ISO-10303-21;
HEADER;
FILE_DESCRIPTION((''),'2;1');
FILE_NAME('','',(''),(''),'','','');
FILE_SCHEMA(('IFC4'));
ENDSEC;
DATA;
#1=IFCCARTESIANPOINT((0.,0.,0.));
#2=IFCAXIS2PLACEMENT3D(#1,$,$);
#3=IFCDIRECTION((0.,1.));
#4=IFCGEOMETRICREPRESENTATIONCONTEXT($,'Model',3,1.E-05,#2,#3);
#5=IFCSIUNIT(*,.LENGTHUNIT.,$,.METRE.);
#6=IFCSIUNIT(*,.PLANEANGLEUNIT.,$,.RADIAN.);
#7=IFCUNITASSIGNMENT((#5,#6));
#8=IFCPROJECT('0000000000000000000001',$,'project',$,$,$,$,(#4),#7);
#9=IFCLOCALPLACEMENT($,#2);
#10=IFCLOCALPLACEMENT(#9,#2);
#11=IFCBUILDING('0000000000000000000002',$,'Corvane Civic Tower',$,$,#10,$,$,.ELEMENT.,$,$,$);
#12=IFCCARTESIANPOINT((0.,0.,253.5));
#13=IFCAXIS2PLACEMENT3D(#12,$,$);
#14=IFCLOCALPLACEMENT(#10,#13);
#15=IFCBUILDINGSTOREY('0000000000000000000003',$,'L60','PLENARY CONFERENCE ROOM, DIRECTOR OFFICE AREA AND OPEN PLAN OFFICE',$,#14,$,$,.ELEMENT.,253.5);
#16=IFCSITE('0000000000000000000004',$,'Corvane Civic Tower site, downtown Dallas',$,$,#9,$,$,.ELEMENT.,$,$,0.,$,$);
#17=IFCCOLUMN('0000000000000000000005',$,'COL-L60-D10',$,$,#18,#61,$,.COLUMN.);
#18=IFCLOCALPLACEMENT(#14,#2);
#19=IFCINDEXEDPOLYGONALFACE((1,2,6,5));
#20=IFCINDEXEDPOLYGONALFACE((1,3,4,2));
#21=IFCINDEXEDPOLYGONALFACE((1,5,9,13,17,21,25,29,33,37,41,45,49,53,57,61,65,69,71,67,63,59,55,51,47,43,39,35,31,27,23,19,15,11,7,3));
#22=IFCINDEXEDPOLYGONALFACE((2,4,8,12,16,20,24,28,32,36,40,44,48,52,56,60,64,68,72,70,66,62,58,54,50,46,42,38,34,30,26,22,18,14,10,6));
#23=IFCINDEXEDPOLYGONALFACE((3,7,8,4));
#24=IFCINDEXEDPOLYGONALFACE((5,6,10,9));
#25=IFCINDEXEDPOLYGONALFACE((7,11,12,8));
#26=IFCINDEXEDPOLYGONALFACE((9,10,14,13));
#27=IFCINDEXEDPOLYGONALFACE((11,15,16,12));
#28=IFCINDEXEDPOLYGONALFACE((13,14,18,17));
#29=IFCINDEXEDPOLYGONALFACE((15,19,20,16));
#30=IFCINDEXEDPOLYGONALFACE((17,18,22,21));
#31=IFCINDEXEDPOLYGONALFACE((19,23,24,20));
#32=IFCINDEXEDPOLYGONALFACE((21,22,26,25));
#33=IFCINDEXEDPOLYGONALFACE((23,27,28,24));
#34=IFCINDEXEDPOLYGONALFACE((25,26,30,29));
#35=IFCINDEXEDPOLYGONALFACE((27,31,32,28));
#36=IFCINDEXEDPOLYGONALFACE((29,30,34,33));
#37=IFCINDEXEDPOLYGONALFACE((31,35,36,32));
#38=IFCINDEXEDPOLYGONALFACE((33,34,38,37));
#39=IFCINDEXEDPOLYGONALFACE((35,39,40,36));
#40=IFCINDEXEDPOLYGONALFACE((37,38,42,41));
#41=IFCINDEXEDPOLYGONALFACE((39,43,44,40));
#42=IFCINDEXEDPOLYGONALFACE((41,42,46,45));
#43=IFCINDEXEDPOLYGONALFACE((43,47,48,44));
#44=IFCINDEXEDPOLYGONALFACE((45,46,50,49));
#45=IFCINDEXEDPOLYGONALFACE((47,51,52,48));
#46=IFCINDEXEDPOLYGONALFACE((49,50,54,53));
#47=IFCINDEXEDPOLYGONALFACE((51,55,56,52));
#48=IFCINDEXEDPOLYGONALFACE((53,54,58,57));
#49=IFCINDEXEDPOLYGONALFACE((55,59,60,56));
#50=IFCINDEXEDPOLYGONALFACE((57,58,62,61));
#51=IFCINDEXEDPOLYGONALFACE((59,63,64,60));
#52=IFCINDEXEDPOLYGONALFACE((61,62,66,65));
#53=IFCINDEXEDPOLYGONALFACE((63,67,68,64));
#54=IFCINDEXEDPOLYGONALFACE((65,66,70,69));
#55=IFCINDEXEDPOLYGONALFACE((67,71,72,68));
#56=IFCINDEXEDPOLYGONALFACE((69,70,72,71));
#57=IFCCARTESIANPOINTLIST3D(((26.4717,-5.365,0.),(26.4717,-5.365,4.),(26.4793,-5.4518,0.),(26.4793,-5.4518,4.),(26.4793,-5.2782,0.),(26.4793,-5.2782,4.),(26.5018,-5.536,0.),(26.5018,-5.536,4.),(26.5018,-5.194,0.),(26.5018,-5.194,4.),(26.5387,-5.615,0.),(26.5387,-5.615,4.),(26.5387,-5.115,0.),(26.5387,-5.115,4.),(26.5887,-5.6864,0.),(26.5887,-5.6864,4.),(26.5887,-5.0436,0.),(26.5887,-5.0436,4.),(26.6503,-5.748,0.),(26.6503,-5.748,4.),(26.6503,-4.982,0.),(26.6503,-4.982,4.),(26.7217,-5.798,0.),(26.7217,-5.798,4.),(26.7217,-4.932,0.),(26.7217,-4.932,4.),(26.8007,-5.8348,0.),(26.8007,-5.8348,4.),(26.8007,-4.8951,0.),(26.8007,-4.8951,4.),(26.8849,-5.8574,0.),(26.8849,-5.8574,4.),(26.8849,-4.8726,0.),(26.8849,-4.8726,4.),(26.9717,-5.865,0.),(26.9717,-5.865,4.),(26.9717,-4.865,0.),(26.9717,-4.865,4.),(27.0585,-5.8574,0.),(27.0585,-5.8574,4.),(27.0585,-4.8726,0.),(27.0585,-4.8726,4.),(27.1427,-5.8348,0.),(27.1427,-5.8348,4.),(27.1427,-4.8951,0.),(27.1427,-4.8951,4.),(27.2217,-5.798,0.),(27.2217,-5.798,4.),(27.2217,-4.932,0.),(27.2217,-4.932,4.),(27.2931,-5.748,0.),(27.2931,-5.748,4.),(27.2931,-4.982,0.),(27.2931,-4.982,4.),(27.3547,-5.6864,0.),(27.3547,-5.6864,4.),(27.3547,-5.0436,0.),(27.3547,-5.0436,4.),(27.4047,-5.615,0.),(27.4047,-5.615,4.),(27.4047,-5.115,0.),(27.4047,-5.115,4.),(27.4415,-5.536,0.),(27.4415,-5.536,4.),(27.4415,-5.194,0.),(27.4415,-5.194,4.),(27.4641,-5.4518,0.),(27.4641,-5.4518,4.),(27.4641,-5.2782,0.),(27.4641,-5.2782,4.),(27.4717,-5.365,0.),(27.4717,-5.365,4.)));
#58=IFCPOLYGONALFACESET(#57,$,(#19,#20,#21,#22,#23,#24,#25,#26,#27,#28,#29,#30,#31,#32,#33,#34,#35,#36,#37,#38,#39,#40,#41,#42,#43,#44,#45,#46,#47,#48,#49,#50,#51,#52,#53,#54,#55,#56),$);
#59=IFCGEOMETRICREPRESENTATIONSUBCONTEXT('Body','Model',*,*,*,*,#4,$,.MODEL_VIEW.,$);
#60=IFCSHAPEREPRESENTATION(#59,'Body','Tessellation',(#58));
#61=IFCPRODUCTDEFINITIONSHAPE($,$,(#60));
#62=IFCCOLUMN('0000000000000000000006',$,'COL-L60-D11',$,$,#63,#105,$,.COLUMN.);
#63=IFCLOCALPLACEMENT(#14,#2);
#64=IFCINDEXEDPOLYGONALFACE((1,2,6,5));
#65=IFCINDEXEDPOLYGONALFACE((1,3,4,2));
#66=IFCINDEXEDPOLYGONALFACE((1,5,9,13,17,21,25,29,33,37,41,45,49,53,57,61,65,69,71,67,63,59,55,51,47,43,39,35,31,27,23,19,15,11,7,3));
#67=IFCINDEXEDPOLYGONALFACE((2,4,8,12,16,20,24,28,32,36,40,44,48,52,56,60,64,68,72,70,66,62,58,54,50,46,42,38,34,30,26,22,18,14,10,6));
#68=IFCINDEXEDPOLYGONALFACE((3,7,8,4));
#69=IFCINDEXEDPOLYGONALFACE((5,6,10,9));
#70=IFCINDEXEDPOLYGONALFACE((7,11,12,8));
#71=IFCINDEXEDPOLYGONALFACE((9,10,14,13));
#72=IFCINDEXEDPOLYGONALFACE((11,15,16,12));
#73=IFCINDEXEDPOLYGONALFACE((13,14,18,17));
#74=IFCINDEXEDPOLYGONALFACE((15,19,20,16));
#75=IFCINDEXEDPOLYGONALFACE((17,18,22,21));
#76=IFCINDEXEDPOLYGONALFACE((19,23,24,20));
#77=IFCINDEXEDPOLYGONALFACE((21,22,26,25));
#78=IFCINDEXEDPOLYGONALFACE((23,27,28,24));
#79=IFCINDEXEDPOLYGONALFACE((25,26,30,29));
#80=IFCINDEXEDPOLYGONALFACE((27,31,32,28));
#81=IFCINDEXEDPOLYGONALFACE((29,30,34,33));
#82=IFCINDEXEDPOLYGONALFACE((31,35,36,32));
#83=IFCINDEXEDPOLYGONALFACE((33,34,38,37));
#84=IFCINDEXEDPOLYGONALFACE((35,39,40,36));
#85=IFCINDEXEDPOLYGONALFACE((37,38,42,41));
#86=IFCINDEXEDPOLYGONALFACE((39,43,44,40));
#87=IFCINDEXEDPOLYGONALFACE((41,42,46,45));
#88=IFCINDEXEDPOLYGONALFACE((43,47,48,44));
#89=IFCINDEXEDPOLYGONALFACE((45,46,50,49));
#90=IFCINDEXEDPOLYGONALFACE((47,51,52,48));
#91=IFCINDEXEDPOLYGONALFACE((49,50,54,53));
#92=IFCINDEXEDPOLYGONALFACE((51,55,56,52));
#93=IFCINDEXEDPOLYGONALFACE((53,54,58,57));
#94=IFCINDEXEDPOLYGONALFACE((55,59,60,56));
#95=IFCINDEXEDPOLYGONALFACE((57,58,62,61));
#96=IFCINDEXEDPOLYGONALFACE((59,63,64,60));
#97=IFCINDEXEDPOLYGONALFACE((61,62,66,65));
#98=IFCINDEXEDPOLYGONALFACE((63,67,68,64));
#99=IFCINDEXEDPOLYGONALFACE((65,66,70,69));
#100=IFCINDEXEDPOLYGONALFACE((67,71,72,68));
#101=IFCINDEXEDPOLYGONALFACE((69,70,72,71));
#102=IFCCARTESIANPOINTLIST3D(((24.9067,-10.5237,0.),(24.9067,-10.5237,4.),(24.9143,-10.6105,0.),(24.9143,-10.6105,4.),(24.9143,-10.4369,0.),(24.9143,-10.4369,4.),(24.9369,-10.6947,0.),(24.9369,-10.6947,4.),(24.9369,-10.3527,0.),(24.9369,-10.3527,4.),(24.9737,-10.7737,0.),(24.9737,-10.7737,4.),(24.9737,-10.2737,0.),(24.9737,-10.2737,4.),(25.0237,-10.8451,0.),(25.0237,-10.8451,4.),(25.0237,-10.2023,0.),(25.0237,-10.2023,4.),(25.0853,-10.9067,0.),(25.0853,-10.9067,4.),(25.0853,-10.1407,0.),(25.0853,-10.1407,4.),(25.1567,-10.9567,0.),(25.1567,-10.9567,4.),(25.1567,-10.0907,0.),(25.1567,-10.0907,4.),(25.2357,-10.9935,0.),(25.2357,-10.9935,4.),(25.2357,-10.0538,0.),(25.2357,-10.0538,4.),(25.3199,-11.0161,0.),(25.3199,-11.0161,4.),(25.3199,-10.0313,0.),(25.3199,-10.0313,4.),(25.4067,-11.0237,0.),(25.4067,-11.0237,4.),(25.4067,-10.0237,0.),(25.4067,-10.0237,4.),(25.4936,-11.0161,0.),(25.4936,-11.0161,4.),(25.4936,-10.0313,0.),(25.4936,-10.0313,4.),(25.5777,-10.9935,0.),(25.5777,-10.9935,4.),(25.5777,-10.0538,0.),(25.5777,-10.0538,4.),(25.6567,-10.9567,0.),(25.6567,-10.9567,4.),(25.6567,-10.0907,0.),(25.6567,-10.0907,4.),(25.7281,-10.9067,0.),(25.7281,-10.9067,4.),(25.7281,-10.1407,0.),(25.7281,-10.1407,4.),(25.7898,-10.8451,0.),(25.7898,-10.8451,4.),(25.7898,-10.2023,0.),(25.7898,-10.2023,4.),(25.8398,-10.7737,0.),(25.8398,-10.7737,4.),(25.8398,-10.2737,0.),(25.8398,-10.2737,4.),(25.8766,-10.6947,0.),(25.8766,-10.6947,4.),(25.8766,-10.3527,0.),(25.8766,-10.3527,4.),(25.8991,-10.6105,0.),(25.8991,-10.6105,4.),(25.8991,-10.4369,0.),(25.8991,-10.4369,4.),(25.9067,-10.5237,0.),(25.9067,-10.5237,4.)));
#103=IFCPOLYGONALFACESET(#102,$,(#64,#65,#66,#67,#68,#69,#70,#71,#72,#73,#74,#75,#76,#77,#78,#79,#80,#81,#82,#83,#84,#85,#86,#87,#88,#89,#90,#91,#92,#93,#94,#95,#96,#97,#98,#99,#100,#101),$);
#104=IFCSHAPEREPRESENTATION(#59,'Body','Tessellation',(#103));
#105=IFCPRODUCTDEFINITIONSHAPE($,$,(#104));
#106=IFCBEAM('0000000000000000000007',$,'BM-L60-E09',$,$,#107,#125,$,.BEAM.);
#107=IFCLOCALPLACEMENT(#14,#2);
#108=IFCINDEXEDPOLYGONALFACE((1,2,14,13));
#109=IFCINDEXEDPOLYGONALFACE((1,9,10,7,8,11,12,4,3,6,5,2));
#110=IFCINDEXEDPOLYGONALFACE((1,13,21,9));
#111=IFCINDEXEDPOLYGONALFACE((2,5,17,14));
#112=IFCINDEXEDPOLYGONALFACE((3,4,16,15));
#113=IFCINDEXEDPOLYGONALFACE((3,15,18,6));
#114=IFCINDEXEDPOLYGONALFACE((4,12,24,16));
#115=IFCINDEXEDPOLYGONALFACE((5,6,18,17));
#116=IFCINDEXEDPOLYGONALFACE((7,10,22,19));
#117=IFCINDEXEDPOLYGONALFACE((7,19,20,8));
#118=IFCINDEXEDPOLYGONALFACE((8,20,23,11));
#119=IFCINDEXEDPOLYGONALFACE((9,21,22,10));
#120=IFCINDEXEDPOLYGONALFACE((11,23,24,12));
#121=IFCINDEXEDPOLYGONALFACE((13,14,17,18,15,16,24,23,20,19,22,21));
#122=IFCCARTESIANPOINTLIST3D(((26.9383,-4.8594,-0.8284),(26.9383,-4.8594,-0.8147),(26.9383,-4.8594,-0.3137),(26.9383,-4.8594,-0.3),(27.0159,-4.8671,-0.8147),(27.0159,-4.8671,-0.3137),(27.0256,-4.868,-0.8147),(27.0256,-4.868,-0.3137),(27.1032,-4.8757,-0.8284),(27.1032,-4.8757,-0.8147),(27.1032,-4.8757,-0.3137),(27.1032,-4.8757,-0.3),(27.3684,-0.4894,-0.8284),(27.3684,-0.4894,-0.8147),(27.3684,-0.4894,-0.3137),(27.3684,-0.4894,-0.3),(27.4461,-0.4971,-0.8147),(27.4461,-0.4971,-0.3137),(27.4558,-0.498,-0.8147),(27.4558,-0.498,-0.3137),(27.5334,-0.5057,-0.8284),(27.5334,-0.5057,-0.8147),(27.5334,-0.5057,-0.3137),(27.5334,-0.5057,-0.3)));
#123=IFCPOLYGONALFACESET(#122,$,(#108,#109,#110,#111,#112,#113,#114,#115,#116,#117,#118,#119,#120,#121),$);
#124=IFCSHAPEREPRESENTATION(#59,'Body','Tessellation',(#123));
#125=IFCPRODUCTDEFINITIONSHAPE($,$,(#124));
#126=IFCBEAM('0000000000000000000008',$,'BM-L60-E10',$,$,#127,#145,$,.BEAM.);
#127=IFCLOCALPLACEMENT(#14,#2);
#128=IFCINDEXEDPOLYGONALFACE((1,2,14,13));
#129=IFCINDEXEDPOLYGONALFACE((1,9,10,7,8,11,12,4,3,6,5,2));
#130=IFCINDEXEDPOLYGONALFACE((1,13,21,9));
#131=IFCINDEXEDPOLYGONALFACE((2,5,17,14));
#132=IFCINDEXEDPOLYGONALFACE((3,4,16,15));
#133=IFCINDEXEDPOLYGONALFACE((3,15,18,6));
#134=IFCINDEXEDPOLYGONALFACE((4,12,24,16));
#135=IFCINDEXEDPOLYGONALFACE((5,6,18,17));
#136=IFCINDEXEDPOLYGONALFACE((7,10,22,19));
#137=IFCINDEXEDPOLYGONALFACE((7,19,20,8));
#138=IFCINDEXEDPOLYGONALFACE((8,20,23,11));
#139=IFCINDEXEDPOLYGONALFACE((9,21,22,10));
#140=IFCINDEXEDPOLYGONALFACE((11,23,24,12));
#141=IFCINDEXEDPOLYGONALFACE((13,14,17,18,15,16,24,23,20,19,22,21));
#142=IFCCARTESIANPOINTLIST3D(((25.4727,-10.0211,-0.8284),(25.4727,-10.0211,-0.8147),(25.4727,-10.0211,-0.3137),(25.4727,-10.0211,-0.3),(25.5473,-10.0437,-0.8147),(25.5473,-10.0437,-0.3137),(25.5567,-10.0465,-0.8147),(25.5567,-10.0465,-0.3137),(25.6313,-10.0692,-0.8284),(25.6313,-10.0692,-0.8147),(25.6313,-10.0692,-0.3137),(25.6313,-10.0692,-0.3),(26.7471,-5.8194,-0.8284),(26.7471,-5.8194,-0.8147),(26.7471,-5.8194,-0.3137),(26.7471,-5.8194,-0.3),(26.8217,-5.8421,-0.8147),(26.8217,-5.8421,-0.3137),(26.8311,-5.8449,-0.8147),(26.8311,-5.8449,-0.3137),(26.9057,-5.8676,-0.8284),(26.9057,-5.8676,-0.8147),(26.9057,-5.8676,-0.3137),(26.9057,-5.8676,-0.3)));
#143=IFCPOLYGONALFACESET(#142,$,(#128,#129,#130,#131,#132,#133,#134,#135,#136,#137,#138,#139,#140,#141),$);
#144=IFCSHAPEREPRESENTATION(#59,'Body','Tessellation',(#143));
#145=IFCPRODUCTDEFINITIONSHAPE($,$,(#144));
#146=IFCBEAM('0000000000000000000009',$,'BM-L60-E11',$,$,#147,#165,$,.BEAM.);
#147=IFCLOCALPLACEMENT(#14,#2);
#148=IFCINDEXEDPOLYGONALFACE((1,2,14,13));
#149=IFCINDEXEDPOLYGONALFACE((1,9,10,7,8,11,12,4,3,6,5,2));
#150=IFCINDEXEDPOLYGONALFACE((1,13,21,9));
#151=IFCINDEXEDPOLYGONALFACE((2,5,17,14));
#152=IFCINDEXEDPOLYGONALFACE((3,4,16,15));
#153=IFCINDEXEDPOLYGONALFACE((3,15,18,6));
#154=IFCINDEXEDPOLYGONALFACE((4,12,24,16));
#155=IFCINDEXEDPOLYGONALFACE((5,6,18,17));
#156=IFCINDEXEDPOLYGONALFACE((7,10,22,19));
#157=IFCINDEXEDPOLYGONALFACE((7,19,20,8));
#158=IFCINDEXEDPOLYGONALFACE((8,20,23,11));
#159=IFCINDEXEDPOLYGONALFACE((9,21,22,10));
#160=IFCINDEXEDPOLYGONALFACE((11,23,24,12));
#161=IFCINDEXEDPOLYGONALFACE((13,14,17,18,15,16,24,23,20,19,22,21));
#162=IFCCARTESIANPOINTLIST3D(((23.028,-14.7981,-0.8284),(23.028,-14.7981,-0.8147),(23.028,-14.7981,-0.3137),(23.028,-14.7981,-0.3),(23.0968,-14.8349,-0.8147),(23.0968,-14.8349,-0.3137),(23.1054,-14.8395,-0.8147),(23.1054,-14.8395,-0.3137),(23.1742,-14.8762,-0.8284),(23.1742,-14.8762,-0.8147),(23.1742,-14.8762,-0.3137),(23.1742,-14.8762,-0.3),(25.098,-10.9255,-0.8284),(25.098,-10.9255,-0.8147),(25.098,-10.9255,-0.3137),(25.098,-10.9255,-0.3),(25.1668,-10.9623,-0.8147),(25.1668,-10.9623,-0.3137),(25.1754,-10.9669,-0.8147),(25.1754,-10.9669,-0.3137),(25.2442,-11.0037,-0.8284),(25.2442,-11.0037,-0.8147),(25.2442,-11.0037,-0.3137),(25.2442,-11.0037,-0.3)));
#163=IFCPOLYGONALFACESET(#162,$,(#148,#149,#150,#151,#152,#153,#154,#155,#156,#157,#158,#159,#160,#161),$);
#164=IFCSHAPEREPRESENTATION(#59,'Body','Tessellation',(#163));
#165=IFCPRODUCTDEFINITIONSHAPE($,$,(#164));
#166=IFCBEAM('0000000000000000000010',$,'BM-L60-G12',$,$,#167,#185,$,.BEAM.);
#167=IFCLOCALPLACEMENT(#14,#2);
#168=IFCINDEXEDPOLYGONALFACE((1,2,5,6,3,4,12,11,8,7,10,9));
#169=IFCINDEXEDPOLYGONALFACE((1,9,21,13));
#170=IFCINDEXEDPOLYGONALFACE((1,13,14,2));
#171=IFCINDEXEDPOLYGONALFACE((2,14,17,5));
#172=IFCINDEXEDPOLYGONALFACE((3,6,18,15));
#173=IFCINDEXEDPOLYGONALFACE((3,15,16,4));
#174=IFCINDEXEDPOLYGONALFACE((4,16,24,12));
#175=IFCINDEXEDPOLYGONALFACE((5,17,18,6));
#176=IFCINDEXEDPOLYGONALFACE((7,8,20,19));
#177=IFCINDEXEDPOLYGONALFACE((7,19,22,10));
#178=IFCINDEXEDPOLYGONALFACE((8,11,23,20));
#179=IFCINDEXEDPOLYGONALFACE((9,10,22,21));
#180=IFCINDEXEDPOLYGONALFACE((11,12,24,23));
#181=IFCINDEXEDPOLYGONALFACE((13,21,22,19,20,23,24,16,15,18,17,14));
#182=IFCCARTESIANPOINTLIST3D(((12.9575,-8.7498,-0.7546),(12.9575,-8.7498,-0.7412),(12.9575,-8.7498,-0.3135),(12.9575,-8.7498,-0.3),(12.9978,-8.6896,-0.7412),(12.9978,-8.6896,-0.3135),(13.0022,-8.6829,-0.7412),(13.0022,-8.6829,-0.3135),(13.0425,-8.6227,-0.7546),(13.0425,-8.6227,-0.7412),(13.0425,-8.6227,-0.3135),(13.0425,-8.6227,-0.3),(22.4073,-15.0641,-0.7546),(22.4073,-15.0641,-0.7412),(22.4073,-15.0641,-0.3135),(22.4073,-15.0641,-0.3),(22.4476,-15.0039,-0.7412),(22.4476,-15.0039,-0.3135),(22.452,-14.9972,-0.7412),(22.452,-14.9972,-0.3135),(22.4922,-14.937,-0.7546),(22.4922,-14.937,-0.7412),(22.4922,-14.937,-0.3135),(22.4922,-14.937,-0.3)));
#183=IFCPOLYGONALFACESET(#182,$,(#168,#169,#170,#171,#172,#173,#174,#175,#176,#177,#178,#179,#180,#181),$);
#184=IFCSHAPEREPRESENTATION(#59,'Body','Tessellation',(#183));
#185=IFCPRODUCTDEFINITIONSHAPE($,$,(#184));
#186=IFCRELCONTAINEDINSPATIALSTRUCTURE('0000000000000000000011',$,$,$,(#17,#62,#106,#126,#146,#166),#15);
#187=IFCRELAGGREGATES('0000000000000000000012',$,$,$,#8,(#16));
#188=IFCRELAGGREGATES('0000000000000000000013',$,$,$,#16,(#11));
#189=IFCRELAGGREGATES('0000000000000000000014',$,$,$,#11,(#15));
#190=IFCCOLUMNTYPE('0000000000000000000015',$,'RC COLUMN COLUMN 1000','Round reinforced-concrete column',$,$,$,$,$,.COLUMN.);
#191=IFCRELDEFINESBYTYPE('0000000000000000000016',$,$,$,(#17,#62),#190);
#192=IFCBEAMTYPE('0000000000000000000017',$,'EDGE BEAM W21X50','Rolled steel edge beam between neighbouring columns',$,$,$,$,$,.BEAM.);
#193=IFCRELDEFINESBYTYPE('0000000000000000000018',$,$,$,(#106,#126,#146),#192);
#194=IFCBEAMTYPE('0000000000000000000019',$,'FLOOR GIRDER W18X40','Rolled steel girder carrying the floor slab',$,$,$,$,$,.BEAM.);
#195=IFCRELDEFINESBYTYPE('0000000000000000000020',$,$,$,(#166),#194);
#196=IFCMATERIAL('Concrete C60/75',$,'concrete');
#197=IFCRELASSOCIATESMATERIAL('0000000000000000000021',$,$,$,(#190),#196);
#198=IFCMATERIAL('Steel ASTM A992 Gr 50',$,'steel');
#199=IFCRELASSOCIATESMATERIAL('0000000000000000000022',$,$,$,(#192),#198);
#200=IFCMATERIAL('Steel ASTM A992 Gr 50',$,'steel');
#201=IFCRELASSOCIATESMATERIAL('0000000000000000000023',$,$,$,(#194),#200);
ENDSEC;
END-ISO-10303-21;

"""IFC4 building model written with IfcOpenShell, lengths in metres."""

from ifc_helpers import new_model, si_unit, direction, frame, origin, origin_2d, place, context, subcontext, project, spatial, circle, i_section, extrude, material, material_profile, profile_set, type_object, element, save


model = new_model("IFC4")

# Units and contexts
model_context = context("Model", 3, precision=1e-05, world=origin(), true_north=direction((0.0, 1.0)))
body_context = subcontext(model_context, "Body", "Model", "MODEL_VIEW")
ifc_project = project(units=[si_unit("LENGTHUNIT", "METRE"), si_unit("PLANEANGLEUNIT", "RADIAN")], contexts=[model_context])

# Site, building, storey
site_placement = place(None, origin())
site = spatial("IfcSite", under=ifc_project, at=site_placement, Name="Corvane Civic Tower site, downtown Dallas", CompositionType="ELEMENT", RefElevation=0.0)
building_placement = place(site_placement, origin())
building = spatial("IfcBuilding", under=site, at=building_placement, Name="Corvane Civic Tower", CompositionType="ELEMENT")
storey_placement = place(building_placement, frame((0.0, 0.0, 253.5)))
storey = spatial("IfcBuildingStorey", under=building, at=storey_placement, Name="L60", Description="PLENARY CONFERENCE ROOM, DIRECTOR OFFICE AREA AND OPEN PLAN OFFICE", CompositionType="ELEMENT", Elevation=253.5)

# Columns
ifc_material_1 = material(Name="Concrete C60/75", Category="concrete")
ifc_material_profile_1 = material_profile(ifc_material_1, circle(Radius=0.5, at=origin_2d()), Name="COLUMN 1000")
ifc_profile_set_1 = profile_set([ifc_material_profile_1], Name="Concrete C60/75")
column_type = type_object("IfcColumnType", Name="RC COLUMN COLUMN 1000", Description="Round reinforced-concrete column", PredefinedType="COLUMN", material=ifc_profile_set_1)
for number, where, z_axis, x_axis, name in (
    (1, (26.9717, -5.365, 0.0), (0.0, 0.0, 1.0), (1.0, 0.0, 0.0), "COL-L60-D10"),
    (2, (25.4067, -10.5237, 0.0), (0.0, 0.0, 1.0), (1.0, 0.0, 0.0), "COL-L60-D11"),
):
    element("IfcColumn", number, at=place(storey_placement, frame(where, z_axis=z_axis, x_axis=x_axis)), inside=storey, type_object=column_type, Name=name, PredefinedType="COLUMN", context=body_context, shape_type="SweptSolid", body=[
        extrude(circle(Radius=0.5, at=origin_2d()), origin(), (0.0, 0.0, 1.0), 4.0),
    ])

# Beams
ifc_material_2 = material(Name="Steel ASTM A992 Gr 50", Category="steel")
ifc_material_profile_2 = material_profile(ifc_material_2, i_section(OverallWidth=0.1658, OverallDepth=0.5283, WebThickness=0.0098, FlangeThickness=0.0137, at=origin_2d()), Name="W21X50")
ifc_profile_set_2 = profile_set([ifc_material_profile_2], Name="Steel ASTM A992 Gr 50")
beam_type_1 = type_object("IfcBeamType", Name="EDGE BEAM W21X50", Description="Rolled steel edge beam between neighbouring columns", PredefinedType="BEAM", material=ifc_profile_set_2)
beam_1_placement = place(storey_placement, frame((27.4509, -0.4976, -0.5642), z_axis=(-0.097968, -0.99519, 0.0), x_axis=(0.99519, -0.097968, 0.0)))
element("IfcBeam", 3, at=beam_1_placement, inside=storey, type_object=beam_type_1, Name="BM-L60-E09", PredefinedType="BEAM", context=body_context, shape_type="SweptSolid", body=[
    extrude(i_section(OverallWidth=0.1658, OverallDepth=0.5283, WebThickness=0.0098, FlangeThickness=0.0137, at=origin_2d()), origin(), (0.0, 0.0, 1.0), 4.3911),
])
beam_2_placement = place(storey_placement, frame((26.8264, -5.8435, -0.5642), z_axis=(-0.290254, -0.95695, 0.0), x_axis=(0.95695, -0.290254, 0.0)))
element("IfcBeam", 4, at=beam_2_placement, inside=storey, type_object=beam_type_1, Name="BM-L60-E10", PredefinedType="BEAM", context=body_context, shape_type="SweptSolid", body=[
    extrude(i_section(OverallWidth=0.1658, OverallDepth=0.5283, WebThickness=0.0098, FlangeThickness=0.0137, at=origin_2d()), origin(), (0.0, 0.0, 1.0), 4.3906),
])
beam_3_placement = place(storey_placement, frame((25.1711, -10.9646, -0.5642), z_axis=(-0.471422, -0.881908, 0.0), x_axis=(0.881908, -0.471422, 0.0)))
element("IfcBeam", 5, at=beam_3_placement, inside=storey, type_object=beam_type_1, Name="BM-L60-E11", PredefinedType="BEAM", context=body_context, shape_type="SweptSolid", body=[
    extrude(i_section(OverallWidth=0.1658, OverallDepth=0.5283, WebThickness=0.0098, FlangeThickness=0.0137, at=origin_2d()), origin(), (0.0, 0.0, 1.0), 4.3911),
])
ifc_material_3 = material(Name="Steel ASTM A992 Gr 50", Category="steel")
ifc_material_profile_3 = material_profile(ifc_material_3, i_section(OverallWidth=0.1528, OverallDepth=0.4546, WebThickness=0.0081, FlangeThickness=0.0134, at=origin_2d()), Name="W18X40")
ifc_profile_set_3 = profile_set([ifc_material_profile_3], Name="Steel ASTM A992 Gr 50")
beam_type_2 = type_object("IfcBeamType", Name="FLOOR GIRDER W18X40", Description="Rolled steel girder carrying the floor slab", PredefinedType="BEAM", material=ifc_profile_set_3)
beam_4_placement = place(storey_placement, frame((13.0, -8.6863, -0.5273), z_axis=(0.831465, -0.555577, 0.0), x_axis=(0.555577, 0.831465, 0.0)))
element("IfcBeam", 6, at=beam_4_placement, inside=storey, type_object=beam_type_2, Name="BM-L60-G12", PredefinedType="BEAM", context=body_context, shape_type="SweptSolid", body=[
    extrude(i_section(OverallWidth=0.1528, OverallDepth=0.4546, WebThickness=0.0081, FlangeThickness=0.0134, at=origin_2d()), origin(), (0.0, 0.0, 1.0), 11.3652),
])

save(model, "model.ifc")
